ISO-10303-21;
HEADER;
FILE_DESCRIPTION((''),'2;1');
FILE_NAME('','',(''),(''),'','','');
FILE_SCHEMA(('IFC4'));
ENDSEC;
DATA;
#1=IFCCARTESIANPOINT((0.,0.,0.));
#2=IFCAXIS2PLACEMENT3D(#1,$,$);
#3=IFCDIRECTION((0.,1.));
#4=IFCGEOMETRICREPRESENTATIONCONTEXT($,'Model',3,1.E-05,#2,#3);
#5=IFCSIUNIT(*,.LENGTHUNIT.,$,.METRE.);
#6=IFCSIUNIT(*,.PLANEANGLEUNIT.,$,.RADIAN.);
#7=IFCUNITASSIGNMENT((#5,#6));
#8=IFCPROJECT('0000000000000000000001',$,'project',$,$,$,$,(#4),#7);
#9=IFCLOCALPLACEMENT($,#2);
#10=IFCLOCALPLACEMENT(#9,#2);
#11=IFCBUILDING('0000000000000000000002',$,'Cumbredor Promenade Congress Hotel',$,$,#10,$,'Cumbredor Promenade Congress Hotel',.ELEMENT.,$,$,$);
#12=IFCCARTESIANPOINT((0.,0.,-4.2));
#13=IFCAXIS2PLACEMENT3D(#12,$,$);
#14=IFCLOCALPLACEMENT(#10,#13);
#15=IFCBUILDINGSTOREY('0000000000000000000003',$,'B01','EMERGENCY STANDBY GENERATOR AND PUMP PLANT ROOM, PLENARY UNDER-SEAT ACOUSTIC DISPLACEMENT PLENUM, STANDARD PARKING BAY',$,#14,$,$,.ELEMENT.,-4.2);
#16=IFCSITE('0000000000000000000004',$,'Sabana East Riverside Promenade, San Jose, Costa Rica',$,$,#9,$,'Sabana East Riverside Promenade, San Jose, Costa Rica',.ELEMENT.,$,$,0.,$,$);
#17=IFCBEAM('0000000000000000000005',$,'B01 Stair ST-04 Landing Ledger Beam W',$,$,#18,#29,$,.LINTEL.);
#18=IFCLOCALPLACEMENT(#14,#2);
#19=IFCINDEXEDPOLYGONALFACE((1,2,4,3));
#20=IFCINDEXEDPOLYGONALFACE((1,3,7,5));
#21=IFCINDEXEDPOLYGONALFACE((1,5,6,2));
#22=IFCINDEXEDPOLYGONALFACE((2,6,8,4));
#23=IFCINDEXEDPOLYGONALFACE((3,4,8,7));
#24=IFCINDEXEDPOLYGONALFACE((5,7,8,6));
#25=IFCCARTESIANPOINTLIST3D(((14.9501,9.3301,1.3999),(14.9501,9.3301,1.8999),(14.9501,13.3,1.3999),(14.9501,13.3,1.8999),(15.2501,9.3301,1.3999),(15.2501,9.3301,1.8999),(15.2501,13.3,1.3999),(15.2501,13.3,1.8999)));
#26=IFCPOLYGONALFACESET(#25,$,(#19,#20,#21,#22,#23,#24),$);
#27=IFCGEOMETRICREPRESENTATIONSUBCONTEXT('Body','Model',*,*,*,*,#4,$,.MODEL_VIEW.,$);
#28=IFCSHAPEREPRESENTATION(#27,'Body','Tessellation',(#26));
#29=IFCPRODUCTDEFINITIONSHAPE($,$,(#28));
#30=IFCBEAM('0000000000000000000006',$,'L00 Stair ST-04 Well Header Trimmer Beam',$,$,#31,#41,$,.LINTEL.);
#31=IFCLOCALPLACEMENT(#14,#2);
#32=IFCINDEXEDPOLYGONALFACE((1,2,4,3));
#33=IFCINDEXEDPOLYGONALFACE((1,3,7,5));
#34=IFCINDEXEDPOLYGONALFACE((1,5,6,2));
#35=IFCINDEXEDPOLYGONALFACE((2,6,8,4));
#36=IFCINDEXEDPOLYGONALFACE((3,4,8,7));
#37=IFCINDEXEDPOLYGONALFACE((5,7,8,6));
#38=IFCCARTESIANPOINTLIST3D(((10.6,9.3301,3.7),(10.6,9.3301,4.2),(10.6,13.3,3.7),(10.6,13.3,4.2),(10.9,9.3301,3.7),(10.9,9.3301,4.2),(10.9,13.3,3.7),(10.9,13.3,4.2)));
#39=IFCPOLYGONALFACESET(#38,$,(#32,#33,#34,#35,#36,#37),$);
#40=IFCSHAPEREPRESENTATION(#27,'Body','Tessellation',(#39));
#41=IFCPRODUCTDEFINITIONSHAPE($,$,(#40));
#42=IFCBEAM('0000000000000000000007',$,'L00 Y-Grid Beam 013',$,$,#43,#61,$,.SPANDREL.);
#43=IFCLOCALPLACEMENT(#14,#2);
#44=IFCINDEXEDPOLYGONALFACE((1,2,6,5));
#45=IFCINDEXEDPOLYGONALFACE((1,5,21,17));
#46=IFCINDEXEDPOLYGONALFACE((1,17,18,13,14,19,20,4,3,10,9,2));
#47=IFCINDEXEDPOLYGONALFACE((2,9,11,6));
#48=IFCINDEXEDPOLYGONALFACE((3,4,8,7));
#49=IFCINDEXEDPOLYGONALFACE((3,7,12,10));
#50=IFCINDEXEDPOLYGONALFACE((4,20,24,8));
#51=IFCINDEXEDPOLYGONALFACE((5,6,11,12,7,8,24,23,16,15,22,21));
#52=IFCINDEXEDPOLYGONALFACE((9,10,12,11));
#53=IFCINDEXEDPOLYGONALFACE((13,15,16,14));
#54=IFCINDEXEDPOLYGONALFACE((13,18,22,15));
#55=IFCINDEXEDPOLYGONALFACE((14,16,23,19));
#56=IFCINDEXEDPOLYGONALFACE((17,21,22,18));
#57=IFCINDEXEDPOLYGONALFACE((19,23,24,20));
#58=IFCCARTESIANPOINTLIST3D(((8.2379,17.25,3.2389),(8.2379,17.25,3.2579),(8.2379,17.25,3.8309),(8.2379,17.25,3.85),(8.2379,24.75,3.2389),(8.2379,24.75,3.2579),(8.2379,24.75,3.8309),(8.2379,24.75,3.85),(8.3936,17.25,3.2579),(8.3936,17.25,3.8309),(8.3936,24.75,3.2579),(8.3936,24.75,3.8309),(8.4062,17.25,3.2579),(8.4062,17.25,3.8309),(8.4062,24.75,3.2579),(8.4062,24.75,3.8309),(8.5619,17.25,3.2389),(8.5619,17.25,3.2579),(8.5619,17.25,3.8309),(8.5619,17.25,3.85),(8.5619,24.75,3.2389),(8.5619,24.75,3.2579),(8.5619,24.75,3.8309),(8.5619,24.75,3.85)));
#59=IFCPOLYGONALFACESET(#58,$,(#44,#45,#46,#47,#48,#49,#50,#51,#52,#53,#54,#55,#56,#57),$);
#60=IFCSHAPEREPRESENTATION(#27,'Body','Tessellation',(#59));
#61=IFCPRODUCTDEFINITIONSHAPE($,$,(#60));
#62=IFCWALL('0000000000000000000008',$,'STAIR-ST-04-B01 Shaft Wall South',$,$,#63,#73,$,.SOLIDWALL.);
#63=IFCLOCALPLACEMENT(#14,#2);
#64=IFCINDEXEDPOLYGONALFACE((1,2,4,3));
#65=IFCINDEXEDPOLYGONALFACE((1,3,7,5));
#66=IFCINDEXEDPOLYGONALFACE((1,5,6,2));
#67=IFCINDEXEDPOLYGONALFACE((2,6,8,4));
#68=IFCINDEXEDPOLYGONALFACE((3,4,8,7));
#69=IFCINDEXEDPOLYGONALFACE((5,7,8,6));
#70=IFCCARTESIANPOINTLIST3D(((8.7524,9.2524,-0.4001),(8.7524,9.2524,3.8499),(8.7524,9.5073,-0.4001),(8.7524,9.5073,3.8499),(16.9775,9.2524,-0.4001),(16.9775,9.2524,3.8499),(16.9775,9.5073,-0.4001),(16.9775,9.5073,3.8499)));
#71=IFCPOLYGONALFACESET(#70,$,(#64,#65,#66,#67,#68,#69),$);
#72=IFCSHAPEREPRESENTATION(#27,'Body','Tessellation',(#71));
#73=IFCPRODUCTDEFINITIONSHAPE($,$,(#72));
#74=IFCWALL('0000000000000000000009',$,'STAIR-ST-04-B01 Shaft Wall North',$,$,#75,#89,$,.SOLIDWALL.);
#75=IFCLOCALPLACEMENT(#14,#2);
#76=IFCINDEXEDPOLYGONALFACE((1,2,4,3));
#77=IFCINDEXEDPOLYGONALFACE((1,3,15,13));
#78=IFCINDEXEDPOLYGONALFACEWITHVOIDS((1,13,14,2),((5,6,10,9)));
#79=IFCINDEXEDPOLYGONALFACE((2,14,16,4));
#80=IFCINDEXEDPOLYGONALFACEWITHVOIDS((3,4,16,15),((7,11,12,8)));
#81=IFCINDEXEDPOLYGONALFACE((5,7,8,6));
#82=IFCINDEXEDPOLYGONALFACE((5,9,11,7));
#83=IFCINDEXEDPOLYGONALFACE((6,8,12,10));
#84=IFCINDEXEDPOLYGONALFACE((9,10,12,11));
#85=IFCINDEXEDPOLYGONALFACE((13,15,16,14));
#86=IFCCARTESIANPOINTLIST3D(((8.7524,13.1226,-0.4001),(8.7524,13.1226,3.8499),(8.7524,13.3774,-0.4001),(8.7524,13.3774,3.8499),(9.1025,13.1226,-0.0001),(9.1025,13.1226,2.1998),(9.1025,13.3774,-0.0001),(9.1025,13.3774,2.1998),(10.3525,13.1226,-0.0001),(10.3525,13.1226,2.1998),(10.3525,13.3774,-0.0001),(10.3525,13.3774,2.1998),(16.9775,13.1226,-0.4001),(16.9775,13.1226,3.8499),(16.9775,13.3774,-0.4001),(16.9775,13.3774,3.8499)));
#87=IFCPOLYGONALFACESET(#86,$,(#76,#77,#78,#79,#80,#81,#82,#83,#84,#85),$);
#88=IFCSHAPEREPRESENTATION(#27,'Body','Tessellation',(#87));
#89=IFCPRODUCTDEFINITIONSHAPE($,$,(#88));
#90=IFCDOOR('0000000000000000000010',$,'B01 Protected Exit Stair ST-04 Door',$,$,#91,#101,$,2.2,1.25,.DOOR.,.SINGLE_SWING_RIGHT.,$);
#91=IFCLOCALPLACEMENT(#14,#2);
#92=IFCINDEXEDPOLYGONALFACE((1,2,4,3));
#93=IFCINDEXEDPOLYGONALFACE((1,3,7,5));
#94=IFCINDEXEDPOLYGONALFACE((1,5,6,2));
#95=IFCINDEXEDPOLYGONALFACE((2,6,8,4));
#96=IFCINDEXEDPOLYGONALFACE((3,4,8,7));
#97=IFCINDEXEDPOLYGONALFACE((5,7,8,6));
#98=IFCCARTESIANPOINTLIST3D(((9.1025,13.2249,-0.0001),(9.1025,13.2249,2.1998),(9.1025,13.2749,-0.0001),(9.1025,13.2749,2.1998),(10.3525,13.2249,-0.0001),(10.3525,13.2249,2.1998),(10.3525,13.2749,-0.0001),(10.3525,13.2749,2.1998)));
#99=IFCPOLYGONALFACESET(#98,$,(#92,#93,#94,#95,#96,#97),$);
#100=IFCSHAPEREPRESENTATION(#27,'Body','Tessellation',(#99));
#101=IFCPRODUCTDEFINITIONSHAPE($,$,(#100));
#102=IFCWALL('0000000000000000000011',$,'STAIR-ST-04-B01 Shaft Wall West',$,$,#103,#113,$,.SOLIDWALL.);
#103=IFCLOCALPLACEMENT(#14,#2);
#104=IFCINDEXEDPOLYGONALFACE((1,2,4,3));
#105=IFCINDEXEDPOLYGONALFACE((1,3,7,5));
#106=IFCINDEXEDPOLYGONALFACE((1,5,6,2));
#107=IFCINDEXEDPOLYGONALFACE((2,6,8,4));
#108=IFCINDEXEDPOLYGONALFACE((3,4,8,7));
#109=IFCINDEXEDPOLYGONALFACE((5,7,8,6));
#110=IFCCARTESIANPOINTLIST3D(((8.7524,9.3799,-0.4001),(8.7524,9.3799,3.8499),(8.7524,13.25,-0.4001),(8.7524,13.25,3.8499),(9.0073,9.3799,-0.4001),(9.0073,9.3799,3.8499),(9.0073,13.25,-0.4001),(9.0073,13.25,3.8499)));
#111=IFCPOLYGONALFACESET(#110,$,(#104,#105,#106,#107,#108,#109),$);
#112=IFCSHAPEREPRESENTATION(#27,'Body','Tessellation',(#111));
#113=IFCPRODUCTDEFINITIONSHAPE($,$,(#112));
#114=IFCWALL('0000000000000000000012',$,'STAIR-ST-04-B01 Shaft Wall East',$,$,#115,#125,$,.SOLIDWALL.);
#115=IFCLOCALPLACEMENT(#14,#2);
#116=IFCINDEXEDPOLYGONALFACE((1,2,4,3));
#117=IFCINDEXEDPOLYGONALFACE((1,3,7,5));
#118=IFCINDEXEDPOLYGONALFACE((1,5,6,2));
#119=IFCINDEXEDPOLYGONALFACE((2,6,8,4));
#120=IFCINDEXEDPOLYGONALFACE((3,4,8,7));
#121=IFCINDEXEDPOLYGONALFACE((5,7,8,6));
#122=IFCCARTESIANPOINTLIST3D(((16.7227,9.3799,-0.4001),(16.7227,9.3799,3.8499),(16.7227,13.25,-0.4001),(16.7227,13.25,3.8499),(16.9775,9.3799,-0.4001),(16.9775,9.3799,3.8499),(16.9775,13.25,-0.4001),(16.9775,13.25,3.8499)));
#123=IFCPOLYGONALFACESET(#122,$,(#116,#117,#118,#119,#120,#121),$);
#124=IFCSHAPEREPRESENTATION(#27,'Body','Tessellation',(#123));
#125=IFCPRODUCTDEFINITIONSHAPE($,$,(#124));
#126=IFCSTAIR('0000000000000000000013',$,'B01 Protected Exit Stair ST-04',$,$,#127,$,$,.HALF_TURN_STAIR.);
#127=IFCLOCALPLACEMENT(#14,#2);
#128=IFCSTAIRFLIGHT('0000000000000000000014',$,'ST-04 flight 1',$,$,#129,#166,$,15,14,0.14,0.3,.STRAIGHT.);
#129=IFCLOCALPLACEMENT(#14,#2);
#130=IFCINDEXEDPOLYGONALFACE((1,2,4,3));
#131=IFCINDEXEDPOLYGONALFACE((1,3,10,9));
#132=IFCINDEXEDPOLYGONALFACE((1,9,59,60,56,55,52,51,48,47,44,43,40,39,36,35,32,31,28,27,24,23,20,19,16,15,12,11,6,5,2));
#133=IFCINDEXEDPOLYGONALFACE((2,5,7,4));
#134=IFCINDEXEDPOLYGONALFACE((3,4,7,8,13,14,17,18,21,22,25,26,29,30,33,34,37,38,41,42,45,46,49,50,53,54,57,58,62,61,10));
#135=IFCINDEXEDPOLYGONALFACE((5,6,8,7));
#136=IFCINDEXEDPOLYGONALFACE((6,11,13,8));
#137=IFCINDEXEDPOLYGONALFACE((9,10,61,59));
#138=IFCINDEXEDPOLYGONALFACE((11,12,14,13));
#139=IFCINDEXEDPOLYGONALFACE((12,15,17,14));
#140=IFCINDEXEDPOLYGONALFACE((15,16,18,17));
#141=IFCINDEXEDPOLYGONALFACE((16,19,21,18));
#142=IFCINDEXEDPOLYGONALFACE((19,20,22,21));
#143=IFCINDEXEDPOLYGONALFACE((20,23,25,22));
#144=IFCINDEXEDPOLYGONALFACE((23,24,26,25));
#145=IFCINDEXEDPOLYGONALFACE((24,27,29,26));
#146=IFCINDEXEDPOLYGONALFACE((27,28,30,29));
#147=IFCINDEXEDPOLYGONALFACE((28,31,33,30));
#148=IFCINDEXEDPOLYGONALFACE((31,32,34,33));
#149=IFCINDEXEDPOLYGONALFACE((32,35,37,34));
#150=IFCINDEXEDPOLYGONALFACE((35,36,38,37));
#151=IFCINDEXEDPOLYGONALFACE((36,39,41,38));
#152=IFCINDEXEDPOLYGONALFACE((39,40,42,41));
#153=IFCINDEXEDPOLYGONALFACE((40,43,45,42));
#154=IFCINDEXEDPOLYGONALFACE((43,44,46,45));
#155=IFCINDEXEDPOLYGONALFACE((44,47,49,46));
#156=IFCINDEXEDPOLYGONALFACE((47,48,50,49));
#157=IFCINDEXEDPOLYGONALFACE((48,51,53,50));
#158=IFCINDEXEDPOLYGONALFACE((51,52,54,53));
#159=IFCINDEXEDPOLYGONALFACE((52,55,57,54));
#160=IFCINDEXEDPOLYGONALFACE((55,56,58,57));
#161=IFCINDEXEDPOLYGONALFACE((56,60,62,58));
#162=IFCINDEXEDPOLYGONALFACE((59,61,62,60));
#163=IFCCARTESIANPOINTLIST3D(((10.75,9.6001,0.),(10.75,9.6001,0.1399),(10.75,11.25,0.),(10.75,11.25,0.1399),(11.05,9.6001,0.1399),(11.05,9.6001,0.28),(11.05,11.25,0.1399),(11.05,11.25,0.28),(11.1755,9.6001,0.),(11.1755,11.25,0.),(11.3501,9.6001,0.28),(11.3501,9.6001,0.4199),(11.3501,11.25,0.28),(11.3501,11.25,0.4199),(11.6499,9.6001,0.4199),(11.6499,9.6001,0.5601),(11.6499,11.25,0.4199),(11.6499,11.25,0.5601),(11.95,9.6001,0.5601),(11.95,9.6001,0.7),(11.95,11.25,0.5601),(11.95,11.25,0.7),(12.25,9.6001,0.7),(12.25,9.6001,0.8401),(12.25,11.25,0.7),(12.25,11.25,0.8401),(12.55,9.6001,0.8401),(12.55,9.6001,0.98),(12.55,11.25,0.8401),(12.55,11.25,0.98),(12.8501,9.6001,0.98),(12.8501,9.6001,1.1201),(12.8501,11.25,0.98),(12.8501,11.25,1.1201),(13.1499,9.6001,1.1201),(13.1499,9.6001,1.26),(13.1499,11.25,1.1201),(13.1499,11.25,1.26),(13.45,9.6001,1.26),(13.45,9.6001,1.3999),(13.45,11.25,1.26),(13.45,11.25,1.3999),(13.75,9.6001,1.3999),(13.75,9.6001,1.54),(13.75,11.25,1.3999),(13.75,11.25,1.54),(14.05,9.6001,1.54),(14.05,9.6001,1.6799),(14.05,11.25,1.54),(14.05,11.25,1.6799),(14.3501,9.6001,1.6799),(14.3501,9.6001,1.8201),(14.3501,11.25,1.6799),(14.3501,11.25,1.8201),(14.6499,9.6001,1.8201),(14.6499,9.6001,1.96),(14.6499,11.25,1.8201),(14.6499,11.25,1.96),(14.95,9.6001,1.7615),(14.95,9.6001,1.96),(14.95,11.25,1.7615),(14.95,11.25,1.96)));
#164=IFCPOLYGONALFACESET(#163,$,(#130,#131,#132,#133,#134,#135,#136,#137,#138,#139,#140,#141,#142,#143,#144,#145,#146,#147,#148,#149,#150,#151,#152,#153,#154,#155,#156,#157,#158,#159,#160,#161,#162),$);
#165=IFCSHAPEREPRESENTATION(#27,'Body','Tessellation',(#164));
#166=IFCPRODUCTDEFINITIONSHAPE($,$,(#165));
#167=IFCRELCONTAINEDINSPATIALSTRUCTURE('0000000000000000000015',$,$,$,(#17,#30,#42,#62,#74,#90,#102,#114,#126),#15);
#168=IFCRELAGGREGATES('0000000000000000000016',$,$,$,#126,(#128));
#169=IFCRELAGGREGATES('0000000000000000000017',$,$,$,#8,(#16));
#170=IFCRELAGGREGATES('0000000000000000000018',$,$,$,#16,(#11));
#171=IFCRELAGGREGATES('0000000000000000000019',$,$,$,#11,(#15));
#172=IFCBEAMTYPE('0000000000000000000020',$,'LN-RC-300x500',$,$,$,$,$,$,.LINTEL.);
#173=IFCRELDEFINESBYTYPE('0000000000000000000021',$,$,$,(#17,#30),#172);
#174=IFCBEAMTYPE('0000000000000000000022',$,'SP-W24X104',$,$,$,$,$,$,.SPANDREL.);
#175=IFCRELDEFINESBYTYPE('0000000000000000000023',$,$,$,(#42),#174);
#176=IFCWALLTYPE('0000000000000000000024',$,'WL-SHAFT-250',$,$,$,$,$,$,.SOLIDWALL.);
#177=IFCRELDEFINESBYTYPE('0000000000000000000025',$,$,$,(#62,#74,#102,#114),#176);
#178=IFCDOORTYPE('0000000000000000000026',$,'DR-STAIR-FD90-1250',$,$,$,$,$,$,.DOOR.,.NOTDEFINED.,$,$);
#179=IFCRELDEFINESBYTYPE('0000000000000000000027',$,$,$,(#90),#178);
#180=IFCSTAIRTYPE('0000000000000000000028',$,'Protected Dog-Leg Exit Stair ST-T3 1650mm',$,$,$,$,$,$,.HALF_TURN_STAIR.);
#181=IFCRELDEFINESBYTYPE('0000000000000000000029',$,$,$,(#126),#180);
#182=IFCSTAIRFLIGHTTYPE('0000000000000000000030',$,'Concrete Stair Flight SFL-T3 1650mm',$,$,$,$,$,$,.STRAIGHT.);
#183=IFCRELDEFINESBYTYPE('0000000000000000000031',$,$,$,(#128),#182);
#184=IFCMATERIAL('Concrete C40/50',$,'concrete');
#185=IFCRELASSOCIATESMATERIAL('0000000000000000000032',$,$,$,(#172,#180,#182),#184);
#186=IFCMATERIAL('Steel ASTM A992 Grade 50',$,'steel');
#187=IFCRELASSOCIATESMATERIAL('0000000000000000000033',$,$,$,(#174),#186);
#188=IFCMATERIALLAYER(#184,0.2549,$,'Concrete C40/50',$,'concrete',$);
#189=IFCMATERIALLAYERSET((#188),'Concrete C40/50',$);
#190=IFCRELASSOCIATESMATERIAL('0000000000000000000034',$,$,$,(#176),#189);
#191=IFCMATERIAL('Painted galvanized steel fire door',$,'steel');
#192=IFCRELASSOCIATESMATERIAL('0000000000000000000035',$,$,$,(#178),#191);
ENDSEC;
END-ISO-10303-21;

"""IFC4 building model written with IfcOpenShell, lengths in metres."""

from ifc_helpers import new_model, si_unit, direction, frame, frame_2d, origin, origin_2d, place, context, subcontext, project, spatial, polyline, rectangle, i_section, outline, extrude, material, layer, layer_set, material_profile, profile_set, type_object, element, fill, aggregate, save


model = new_model("IFC4")

# Units and contexts
model_context = context("Model", 3, precision=1e-05, world=origin(), true_north=direction((0.0, 1.0)))
body_context = subcontext(model_context, "Body", "Model", "MODEL_VIEW")
ifc_project = project(units=[si_unit("LENGTHUNIT", "METRE"), si_unit("PLANEANGLEUNIT", "RADIAN")], contexts=[model_context])

# Site, building, storey
site_placement = place(None, origin())
site = spatial("IfcSite", under=ifc_project, at=site_placement, Name="Sabana East Riverside Promenade, San Jose, Costa Rica", LongName="Sabana East Riverside Promenade, San Jose, Costa Rica", CompositionType="ELEMENT", RefElevation=0.0)
building_placement = place(site_placement, origin())
building = spatial("IfcBuilding", under=site, at=building_placement, Name="Cumbredor Promenade Congress Hotel", LongName="Cumbredor Promenade Congress Hotel", CompositionType="ELEMENT")
storey_placement = place(building_placement, frame((0.0, 0.0, -4.2)))
storey = spatial("IfcBuildingStorey", under=building, at=storey_placement, Name="B01", Description="EMERGENCY STANDBY GENERATOR AND PUMP PLANT ROOM, PLENARY UNDER-SEAT ACOUSTIC DISPLACEMENT PLENUM, STANDARD PARKING BAY", CompositionType="ELEMENT", Elevation=-4.2)

# Shared definitions
ifc_material_1 = material(Name="Concrete C40/50", Category="concrete")

# Beams
ifc_material_2 = material(Name="Steel ASTM A992 Grade 50", Category="steel")
ifc_material_profile_1 = material_profile(ifc_material_1, rectangle(XDim=0.3, YDim=0.5, at=origin_2d()), Name="RC LINTEL 300x500")
ifc_profile_set_1 = profile_set([ifc_material_profile_1], Name="Concrete C40/50")
beam_type_1 = type_object("IfcBeamType", Name="LN-RC-300x500", PredefinedType="LINTEL", material=ifc_profile_set_1)
for number, where, z_axis, x_axis, name in (
    (1, (15.1001, 9.3301, 1.6499), (0.0, 1.0, 0.0), (-1.0, 0.0, 0.0), "B01 Stair ST-04 Landing Ledger Beam W"),
    (2, (10.75, 9.3301, 3.95), (0.0, 1.0, 0.0), (-1.0, 0.0, 0.0), "L00 Stair ST-04 Well Header Trimmer Beam"),
):
    element("IfcBeam", number, at=place(storey_placement, frame(where, z_axis=z_axis, x_axis=x_axis)), inside=storey, type_object=beam_type_1, Name=name, PredefinedType="LINTEL", context=body_context, shape_type="SweptSolid", body=[
        extrude(rectangle(XDim=0.3, YDim=0.5, at=origin_2d()), origin(), (0.0, 0.0, 1.0), 3.97),
    ])
ifc_material_profile_2 = material_profile(ifc_material_2, i_section(OverallWidth=0.324, OverallDepth=0.6111, WebThickness=0.0127, FlangeThickness=0.019, at=origin_2d()), Name="W24X104")
ifc_profile_set_2 = profile_set([ifc_material_profile_2], Name="Steel ASTM A992 Grade 50")
beam_type_2 = type_object("IfcBeamType", Name="SP-W24X104", PredefinedType="SPANDREL", material=ifc_profile_set_2)
beam_1_placement = place(storey_placement, frame((8.3999, 17.25, 3.5444), z_axis=(0.0, 1.0, 0.0), x_axis=(-1.0, 0.0, 0.0)))
element("IfcBeam", 3, at=beam_1_placement, inside=storey, type_object=beam_type_2, Name="L00 Y-Grid Beam 013", PredefinedType="SPANDREL", context=body_context, shape_type="SweptSolid", body=[
    extrude(i_section(OverallWidth=0.324, OverallDepth=0.6111, WebThickness=0.0127, FlangeThickness=0.019, at=origin_2d()), origin(), (0.0, 0.0, 1.0), 7.5),
])

# Wall
ifc_layer = layer(ifc_material_1, 0.2549, Name="Concrete C40/50", Category="concrete")
ifc_layer_set = layer_set([ifc_layer], Name="Concrete C40/50")
wall_type = type_object("IfcWallType", Name="WL-SHAFT-250", PredefinedType="SOLIDWALL", material=ifc_layer_set)
wall_1_placement = place(storey_placement, frame((8.7524, 9.3799, -0.4001), z_axis=(0.0, 0.0, 1.0), x_axis=(1.0, 0.0, 0.0)))
element("IfcWall", 4, at=wall_1_placement, inside=storey, type_object=wall_type, Name="STAIR-ST-04-B01 Shaft Wall South", PredefinedType="SOLIDWALL", context=body_context, shape_type="SweptSolid", body=[
    extrude(rectangle(XDim=8.2251, YDim=0.2549, at=frame_2d((4.1125, 0.0))), origin(), (0.0, 0.0, 1.0), 4.25),
])

# Wall, opening, door
wall_2_placement = place(storey_placement, frame((8.7524, 13.25, -0.4001), z_axis=(0.0, 0.0, 1.0), x_axis=(1.0, 0.0, 0.0)))
wall_2 = element("IfcWall", 5, at=wall_2_placement, inside=storey, type_object=wall_type, Name="STAIR-ST-04-B01 Shaft Wall North", PredefinedType="SOLIDWALL", context=body_context, shape_type="SweptSolid", body=[
    extrude(rectangle(XDim=8.2251, YDim=0.2549, at=frame_2d((4.1125, 0.0))), origin(), (0.0, 0.0, 1.0), 4.25),
])
opening_placement = place(wall_2_placement, frame((0.3501, 0.0, 0.3999)))
opening = element("IfcOpeningElement", 6, at=opening_placement, cuts=wall_2, PredefinedType="OPENING", context=body_context, shape_type="SweptSolid", body=[
    extrude(rectangle(XDim=1.25, YDim=2.2, at=frame_2d((0.625, 1.1001))), frame((0.0, 0.1375, 0.0), z_axis=(0.0, -1.0, 0.0), x_axis=(1.0, 0.0, 0.0)), (0.0, 0.0, 1.0), 0.2749),
])
ifc_material_3 = material(Name="Painted galvanized steel fire door", Category="steel")
door_type = type_object("IfcDoorType", Name="DR-STAIR-FD90-1250", OperationType="NOTDEFINED", PredefinedType="DOOR", material=ifc_material_3)
door_placement = place(opening_placement, origin())
door = element("IfcDoor", 7, at=door_placement, inside=storey, type_object=door_type, Name="B01 Protected Exit Stair ST-04 Door", OperationType="SINGLE_SWING_RIGHT", OverallHeight=2.2, OverallWidth=1.25, PredefinedType="DOOR", context=body_context, shape_type="SweptSolid", body=[
    extrude(rectangle(XDim=1.25, YDim=2.2, at=frame_2d((0.625, 1.1001))), frame((0.0, 0.0249, 0.0), z_axis=(0.0, -1.0, 0.0), x_axis=(1.0, 0.0, 0.0)), (0.0, 0.0, 1.0), 0.05),
])
fill(opening, door)

# Walls
for number, where, z_axis, x_axis, name in (
    (8, (8.8799, 9.3799, -0.4001), (0.0, 0.0, 1.0), (0.0, 1.0, 0.0), "STAIR-ST-04-B01 Shaft Wall West"),
    (9, (16.8501, 9.3799, -0.4001), (0.0, 0.0, 1.0), (0.0, 1.0, 0.0), "STAIR-ST-04-B01 Shaft Wall East"),
):
    element("IfcWall", number, at=place(storey_placement, frame(where, z_axis=z_axis, x_axis=x_axis)), inside=storey, type_object=wall_type, Name=name, PredefinedType="SOLIDWALL", context=body_context, shape_type="SweptSolid", body=[
        extrude(rectangle(XDim=3.8701, YDim=0.2549, at=frame_2d((1.9351, 0.0))), origin(), (0.0, 0.0, 1.0), 4.25),
    ])

# Stair, stair flight
stair_type = type_object("IfcStairType", Name="Protected Dog-Leg Exit Stair ST-T3 1650mm", PredefinedType="HALF_TURN_STAIR", material=ifc_material_1)
stair_placement = place(storey_placement, origin())
stair = element("IfcStair", 10, at=stair_placement, inside=storey, type_object=stair_type, Name="B01 Protected Exit Stair ST-04", PredefinedType="HALF_TURN_STAIR")
stair_flight_type = type_object("IfcStairFlightType", Name="Concrete Stair Flight SFL-T3 1650mm", PredefinedType="STRAIGHT", material=ifc_material_1)
stair_flight_1_placement = place(storey_placement, frame((10.75, 10.425, 0.0), z_axis=(0.0, 0.0, 1.0), x_axis=(1.0, 0.0, 0.0)))
stair_flight_1 = element("IfcStairFlight", 11, at=stair_flight_1_placement, type_object=stair_flight_type, Name="ST-04 flight 1", NumberOfRisers=15, NumberOfTreads=14, PredefinedType="STRAIGHT", RiserHeight=0.14, TreadLength=0.3, context=body_context, shape_type="SweptSolid", body=[
    extrude(outline(polyline([(0.0, 0.0), (0.0, 0.1399), (0.3, 0.1399), (0.3, 0.28), (0.6001, 0.28), (0.6001, 0.4199), (0.8999, 0.4199), (0.8999, 0.5601), (1.2, 0.5601), (1.2, 0.7), (1.5, 0.7), (1.5, 0.8401), (1.8, 0.8401), (1.8, 0.98), (2.1001, 0.98), (2.1001, 1.1201), (2.3999, 1.1201), (2.3999, 1.26), (2.7, 1.26), (2.7, 1.3999), (3.0, 1.3999), (3.0, 1.54), (3.3, 1.54), (3.3, 1.6799), (3.6001, 1.6799), (3.6001, 1.8201), (3.8999, 1.8201), (3.8999, 1.96), (4.2, 1.96), (4.2, 2.1001), (4.2, 1.7615), (0.4255, 0.0), (0.0, 0.0)])), frame((0.0, 0.825, 0.0), z_axis=(0.0, -1.0, 0.0), x_axis=(1.0, 0.0, 0.0)), (0.0, 0.0, 1.0), 1.6499),
])
aggregate(stair, [stair_flight_1])

save(model, "model.ifc")
